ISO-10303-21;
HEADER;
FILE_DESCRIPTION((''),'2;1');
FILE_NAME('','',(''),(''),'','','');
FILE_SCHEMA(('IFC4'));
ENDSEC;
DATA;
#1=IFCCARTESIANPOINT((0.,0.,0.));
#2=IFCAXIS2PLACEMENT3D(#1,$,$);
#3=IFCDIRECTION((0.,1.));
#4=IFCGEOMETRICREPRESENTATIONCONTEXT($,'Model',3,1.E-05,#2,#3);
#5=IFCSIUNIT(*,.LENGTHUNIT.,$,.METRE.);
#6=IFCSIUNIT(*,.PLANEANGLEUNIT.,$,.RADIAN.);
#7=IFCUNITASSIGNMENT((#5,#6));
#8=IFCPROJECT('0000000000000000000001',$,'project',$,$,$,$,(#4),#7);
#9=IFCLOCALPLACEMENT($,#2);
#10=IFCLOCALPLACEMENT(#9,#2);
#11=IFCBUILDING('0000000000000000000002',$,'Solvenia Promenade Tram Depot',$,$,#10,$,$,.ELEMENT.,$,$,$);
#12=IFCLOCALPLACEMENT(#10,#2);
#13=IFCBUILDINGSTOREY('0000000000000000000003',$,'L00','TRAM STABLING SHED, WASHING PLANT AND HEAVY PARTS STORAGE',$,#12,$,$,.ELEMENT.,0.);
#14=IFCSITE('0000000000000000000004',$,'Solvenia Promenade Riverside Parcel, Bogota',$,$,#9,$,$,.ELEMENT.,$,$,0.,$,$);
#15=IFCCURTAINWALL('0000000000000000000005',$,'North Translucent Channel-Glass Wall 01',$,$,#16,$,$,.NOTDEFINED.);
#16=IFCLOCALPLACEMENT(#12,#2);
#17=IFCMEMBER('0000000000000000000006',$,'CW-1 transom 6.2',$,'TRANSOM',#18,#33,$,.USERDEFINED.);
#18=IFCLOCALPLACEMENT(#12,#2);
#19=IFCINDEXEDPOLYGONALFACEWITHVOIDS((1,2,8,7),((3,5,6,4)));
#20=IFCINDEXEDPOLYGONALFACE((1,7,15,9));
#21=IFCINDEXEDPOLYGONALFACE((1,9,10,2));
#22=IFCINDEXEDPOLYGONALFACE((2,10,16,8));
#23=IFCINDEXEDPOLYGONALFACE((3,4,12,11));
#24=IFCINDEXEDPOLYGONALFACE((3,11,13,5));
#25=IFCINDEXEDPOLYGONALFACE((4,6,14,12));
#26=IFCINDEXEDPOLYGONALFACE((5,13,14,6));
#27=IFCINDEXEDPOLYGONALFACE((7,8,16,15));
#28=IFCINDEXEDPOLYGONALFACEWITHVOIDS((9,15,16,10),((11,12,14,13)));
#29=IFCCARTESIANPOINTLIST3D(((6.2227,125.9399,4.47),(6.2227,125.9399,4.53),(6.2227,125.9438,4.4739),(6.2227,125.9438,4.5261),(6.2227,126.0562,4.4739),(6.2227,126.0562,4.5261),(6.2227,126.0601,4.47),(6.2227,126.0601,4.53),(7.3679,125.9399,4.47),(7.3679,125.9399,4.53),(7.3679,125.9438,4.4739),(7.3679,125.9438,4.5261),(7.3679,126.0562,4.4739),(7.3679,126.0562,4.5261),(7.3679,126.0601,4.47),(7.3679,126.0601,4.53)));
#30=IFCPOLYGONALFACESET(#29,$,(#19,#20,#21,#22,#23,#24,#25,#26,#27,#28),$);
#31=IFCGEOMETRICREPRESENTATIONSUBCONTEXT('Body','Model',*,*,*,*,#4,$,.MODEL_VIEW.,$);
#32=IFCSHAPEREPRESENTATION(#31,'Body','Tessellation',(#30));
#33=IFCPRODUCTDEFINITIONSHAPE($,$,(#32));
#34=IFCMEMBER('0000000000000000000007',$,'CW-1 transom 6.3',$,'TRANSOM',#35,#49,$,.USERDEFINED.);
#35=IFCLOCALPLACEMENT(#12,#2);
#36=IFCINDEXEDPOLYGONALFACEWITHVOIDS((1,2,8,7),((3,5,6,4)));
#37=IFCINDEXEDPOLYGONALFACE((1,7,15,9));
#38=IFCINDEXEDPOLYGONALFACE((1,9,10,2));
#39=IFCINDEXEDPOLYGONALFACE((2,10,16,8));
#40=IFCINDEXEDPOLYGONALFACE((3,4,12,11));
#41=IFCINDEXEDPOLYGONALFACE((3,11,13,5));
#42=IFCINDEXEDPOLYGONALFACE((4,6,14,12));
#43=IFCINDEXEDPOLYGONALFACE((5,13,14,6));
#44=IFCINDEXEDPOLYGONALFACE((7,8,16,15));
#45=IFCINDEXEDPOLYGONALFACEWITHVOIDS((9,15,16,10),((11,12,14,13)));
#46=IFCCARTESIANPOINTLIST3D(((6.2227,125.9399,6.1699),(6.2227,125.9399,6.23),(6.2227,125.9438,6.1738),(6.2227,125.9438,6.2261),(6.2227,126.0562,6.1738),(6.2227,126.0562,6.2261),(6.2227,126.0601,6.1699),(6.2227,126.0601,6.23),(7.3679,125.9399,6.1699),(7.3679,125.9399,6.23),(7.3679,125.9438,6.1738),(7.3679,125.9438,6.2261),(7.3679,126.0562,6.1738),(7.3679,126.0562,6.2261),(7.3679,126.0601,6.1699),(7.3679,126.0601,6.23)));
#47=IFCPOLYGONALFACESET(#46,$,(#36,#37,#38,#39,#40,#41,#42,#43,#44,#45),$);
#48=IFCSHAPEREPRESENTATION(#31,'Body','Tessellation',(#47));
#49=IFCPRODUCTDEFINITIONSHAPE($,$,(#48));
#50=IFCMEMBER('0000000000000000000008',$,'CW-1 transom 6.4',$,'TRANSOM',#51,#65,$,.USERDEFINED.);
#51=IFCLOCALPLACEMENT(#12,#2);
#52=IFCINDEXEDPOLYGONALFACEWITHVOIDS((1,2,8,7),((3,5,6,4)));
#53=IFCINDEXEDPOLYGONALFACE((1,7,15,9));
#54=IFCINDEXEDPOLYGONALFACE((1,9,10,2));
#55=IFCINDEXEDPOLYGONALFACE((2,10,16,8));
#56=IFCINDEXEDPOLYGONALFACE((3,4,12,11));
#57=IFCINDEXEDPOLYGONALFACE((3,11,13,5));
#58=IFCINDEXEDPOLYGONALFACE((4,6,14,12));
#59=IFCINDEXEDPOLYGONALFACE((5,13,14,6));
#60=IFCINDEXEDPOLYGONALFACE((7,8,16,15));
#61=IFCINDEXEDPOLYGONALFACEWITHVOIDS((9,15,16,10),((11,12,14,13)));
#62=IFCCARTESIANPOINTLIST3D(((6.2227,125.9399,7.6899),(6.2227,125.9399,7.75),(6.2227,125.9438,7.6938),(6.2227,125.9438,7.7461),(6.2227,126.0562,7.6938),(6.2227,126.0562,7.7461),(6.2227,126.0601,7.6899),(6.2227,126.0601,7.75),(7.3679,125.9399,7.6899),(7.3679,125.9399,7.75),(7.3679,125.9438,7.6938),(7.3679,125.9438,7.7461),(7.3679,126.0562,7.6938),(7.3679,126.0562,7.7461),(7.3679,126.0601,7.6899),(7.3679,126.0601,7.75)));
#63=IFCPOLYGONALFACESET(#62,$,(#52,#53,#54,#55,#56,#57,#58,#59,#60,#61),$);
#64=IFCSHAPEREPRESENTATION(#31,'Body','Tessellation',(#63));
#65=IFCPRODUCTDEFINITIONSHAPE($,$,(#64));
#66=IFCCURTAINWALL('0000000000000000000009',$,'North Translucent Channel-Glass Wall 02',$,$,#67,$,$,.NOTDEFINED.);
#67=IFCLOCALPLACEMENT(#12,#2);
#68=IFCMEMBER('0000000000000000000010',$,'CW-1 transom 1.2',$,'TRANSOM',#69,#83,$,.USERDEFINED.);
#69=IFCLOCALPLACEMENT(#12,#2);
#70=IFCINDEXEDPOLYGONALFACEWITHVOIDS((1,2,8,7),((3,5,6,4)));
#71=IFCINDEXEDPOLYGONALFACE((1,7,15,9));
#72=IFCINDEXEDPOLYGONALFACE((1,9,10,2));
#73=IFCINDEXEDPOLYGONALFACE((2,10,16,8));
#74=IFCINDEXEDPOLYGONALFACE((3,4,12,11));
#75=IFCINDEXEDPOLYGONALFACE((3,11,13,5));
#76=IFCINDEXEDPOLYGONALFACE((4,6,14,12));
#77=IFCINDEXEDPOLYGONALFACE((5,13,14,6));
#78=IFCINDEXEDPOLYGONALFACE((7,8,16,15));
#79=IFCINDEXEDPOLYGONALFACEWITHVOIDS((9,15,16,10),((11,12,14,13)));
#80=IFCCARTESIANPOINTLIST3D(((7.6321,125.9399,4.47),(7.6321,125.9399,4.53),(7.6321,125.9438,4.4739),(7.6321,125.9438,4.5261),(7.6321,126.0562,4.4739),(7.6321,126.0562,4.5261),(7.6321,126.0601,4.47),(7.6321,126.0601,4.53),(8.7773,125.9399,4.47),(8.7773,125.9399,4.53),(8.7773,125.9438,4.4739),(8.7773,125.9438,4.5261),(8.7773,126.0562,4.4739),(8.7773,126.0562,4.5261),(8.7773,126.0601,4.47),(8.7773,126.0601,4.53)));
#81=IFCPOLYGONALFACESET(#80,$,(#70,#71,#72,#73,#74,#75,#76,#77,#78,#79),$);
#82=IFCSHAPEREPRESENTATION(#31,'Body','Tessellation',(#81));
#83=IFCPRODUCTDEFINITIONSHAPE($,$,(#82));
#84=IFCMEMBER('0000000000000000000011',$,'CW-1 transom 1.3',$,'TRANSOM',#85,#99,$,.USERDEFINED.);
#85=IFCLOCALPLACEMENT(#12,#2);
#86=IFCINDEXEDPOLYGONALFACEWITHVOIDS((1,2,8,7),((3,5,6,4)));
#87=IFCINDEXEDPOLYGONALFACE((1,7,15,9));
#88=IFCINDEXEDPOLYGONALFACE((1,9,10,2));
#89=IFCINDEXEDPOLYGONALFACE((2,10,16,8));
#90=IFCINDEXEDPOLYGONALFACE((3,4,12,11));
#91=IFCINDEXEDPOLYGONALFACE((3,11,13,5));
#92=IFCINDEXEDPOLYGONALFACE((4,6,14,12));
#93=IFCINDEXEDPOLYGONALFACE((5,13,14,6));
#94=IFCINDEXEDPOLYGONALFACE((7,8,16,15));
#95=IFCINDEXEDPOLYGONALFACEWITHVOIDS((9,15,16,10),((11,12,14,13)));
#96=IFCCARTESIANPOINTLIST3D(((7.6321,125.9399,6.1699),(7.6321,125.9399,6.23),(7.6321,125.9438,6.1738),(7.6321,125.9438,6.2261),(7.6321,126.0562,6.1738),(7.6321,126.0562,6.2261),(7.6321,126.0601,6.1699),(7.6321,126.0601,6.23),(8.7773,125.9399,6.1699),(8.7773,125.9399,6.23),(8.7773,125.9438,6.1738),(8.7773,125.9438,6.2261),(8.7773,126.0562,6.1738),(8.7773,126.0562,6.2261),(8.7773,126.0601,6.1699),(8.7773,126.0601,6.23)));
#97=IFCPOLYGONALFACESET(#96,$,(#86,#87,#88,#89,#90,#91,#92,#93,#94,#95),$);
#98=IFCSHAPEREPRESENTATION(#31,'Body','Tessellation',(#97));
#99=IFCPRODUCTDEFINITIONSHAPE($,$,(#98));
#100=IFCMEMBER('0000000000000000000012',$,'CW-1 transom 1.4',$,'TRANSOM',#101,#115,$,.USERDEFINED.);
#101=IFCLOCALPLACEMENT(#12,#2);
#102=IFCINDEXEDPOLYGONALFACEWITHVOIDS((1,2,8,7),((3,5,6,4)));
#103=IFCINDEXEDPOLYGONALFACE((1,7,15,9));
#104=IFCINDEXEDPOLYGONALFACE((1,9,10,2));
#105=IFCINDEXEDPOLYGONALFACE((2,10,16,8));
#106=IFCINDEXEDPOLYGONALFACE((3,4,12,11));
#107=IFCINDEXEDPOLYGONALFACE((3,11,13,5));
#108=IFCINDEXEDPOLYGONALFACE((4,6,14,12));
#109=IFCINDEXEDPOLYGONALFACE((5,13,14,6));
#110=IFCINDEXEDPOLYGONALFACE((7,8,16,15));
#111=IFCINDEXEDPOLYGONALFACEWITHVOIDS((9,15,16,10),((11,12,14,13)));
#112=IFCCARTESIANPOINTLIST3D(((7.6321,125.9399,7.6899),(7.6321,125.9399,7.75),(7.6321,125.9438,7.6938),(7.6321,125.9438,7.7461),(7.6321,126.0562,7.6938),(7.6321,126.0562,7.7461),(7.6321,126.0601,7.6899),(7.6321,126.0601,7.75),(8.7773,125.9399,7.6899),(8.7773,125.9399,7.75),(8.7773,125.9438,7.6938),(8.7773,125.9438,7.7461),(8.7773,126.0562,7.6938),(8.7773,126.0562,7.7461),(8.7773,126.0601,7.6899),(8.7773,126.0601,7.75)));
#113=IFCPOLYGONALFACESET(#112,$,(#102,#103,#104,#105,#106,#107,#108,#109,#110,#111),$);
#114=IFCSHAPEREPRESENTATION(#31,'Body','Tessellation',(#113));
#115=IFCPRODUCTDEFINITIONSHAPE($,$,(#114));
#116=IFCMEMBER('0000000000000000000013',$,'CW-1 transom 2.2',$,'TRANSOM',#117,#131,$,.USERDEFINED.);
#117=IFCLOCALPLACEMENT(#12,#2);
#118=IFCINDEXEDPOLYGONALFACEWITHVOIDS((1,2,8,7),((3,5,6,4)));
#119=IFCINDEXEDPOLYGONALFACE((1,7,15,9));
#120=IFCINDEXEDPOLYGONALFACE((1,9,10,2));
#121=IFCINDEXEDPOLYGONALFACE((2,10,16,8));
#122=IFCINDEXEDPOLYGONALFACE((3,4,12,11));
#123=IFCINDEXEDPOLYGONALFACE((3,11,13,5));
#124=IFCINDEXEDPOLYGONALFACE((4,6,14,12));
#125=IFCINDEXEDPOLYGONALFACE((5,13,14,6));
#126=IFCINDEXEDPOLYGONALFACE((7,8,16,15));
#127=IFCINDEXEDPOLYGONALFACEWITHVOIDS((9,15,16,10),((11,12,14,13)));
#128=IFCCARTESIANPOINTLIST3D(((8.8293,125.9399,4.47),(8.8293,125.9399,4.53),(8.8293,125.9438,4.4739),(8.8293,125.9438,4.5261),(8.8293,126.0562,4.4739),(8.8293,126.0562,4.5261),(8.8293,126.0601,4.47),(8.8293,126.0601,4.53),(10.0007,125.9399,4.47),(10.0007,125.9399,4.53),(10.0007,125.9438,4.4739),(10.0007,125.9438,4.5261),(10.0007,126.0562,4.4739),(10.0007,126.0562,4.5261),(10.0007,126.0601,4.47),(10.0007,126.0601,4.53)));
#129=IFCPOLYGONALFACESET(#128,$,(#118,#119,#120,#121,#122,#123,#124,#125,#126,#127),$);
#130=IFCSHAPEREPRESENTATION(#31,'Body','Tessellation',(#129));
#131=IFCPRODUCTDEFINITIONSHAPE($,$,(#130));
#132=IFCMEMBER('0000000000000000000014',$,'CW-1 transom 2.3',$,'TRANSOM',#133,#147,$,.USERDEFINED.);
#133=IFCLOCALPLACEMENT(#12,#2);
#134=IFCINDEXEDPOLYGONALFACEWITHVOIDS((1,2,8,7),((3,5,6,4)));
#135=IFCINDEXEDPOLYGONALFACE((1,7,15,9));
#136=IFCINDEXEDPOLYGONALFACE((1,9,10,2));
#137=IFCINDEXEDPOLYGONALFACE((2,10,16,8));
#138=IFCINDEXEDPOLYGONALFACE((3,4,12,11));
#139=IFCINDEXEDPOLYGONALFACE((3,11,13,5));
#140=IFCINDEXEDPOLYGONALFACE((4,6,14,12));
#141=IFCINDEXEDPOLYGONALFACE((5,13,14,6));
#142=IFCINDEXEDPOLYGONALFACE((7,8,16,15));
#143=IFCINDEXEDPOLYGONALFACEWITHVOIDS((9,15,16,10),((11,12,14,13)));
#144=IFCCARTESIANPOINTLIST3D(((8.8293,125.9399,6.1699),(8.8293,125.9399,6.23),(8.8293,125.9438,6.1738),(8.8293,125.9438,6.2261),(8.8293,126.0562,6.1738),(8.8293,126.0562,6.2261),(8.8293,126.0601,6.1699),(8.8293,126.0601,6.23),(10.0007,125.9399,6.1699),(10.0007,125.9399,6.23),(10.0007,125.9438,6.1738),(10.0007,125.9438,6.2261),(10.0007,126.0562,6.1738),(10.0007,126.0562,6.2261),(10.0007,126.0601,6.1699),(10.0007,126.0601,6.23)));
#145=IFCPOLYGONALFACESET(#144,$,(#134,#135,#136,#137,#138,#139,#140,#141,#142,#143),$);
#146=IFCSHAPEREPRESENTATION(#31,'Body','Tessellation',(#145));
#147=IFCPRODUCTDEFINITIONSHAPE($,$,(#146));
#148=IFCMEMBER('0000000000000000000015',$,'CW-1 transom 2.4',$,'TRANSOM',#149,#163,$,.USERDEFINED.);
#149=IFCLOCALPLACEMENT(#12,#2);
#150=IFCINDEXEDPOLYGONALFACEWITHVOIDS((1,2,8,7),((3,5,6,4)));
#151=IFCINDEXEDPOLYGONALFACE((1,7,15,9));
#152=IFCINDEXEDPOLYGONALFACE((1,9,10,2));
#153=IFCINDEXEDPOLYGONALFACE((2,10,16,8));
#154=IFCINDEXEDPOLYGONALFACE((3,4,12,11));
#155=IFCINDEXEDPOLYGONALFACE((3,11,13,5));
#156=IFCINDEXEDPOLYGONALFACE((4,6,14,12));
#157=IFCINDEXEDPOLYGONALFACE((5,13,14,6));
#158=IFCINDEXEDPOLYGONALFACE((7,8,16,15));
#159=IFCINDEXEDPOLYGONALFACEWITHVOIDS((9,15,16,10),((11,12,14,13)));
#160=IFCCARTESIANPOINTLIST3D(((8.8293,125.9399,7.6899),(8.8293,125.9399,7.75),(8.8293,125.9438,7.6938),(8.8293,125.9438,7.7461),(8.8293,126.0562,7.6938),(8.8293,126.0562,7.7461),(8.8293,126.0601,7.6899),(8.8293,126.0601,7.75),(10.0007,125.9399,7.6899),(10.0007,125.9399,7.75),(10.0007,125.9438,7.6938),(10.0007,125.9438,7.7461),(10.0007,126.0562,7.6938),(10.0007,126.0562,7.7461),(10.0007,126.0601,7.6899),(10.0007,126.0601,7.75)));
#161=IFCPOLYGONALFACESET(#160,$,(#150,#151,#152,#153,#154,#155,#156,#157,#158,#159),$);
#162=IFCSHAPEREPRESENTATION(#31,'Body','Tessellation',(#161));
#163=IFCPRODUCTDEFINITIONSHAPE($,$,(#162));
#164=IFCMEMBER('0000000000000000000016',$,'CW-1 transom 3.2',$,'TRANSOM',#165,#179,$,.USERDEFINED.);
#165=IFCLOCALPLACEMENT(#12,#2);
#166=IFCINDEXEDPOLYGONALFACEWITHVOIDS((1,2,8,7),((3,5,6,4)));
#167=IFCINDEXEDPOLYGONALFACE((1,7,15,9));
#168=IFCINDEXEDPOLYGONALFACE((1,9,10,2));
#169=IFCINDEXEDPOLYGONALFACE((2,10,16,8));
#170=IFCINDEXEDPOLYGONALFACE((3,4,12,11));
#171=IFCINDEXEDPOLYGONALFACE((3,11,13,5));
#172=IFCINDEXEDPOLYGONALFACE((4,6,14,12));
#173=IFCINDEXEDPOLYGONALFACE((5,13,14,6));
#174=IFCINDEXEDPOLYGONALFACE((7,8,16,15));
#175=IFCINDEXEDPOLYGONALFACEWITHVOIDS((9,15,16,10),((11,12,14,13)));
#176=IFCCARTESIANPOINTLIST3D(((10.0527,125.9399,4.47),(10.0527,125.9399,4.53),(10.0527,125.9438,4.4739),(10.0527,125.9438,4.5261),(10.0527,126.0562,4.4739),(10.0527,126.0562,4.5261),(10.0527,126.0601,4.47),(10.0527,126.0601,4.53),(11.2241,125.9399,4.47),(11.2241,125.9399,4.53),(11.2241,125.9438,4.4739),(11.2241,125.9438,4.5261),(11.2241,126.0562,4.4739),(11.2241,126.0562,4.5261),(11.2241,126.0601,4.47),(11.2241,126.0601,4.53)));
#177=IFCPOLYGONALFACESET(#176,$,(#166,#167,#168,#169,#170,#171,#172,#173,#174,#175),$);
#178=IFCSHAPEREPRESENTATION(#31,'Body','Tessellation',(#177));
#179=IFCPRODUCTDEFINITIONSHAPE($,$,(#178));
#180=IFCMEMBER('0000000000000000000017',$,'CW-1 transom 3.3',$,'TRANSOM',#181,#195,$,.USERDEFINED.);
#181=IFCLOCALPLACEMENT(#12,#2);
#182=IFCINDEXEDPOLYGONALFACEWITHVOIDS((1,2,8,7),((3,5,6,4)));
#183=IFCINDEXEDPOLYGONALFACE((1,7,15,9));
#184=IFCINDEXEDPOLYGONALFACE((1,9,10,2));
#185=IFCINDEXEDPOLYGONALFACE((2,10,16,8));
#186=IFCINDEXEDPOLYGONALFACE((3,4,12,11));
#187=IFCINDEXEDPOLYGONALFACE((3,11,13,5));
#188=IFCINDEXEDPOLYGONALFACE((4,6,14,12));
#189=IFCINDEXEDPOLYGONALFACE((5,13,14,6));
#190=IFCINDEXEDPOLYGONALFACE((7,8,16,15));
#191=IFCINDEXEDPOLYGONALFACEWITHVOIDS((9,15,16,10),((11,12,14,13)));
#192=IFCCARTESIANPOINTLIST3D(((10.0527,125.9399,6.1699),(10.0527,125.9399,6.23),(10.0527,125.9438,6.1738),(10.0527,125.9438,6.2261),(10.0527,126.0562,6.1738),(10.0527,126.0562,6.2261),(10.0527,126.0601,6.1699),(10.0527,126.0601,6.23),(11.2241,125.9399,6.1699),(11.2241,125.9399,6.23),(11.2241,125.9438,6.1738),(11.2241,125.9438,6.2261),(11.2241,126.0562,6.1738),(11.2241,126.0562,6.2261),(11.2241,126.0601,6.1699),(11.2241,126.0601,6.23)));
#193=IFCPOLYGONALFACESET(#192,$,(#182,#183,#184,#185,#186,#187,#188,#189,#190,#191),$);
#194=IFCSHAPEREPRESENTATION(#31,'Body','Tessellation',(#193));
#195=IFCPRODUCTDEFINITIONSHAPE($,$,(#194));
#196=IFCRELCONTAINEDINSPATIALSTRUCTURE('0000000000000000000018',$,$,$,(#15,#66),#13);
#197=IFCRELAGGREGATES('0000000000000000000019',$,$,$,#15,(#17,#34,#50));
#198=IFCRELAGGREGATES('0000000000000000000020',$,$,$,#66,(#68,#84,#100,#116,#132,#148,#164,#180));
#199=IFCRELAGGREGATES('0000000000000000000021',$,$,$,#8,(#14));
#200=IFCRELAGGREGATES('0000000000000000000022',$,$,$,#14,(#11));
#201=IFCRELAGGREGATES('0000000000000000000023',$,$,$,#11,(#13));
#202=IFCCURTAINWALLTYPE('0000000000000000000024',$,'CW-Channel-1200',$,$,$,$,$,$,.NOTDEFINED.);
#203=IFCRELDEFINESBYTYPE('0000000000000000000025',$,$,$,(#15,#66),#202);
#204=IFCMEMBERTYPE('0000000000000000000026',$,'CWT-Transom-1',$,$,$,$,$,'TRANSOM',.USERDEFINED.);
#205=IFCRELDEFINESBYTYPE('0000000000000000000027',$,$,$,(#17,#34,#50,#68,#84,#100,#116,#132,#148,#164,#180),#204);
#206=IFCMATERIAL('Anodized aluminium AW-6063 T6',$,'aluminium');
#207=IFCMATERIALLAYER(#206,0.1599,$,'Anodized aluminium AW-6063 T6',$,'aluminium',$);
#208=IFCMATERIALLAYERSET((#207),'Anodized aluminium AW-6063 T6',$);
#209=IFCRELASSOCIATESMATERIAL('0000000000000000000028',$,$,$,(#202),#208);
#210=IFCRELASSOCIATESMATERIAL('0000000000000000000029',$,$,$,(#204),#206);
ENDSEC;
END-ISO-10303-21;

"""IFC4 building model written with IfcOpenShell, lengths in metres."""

from ifc_helpers import new_model, si_unit, direction, frame, origin, origin_2d, place, context, subcontext, project, spatial, hollow_rectangle, extrude, material, layer, layer_set, material_profile, profile_set, type_object, element, aggregate, save


model = new_model("IFC4")

# Units and contexts
model_context = context("Model", 3, precision=1e-05, world=origin(), true_north=direction((0.0, 1.0)))
body_context = subcontext(model_context, "Body", "Model", "MODEL_VIEW")
ifc_project = project(units=[si_unit("LENGTHUNIT", "METRE"), si_unit("PLANEANGLEUNIT", "RADIAN")], contexts=[model_context])

# Site, building, storey
site_placement = place(None, origin())
site = spatial("IfcSite", under=ifc_project, at=site_placement, Name="Solvenia Promenade Riverside Parcel, Bogota", CompositionType="ELEMENT", RefElevation=0.0)
building_placement = place(site_placement, origin())
building = spatial("IfcBuilding", under=site, at=building_placement, Name="Solvenia Promenade Tram Depot", CompositionType="ELEMENT")
storey_placement = place(building_placement, origin())
storey = spatial("IfcBuildingStorey", under=building, at=storey_placement, Name="L00", Description="TRAM STABLING SHED, WASHING PLANT AND HEAVY PARTS STORAGE", CompositionType="ELEMENT", Elevation=0.0)

# Curtain walls, members
ifc_material_1 = material(Name="Anodized aluminium AW-6063 T6", Category="aluminium")
ifc_layer_1 = layer(ifc_material_1, 0.1599, Name="Anodized aluminium AW-6063 T6", Category="aluminium")
ifc_layer_set_1 = layer_set([ifc_layer_1], Name="Anodized aluminium AW-6063 T6")
curtain_wall_type = type_object("IfcCurtainWallType", Name="CW-Channel-1200", PredefinedType="NOTDEFINED", material=ifc_layer_set_1)
curtain_wall_1_placement = place(storey_placement, origin())
curtain_wall_1 = element("IfcCurtainWall", 1, at=curtain_wall_1_placement, inside=storey, type_object=curtain_wall_type, Name="North Translucent Channel-Glass Wall 01", PredefinedType="NOTDEFINED")
ifc_material_profile = material_profile(ifc_material_1, hollow_rectangle(XDim=0.1201, YDim=0.0601, WallThickness=0.0039, at=origin_2d()), Name="ALU-T1", Category="aluminium")
ifc_profile_set = profile_set([ifc_material_profile], Name="Anodized aluminium AW-6063 T6")
member_type = type_object("IfcMemberType", Name="CWT-Transom-1", ElementType="TRANSOM", PredefinedType="USERDEFINED", material=ifc_profile_set)
member_1_placement = place(storey_placement, frame((6.2227, 126.0, 4.5), z_axis=(1.0, 0.0, 0.0), x_axis=(0.0, 1.0, 0.0)))
member_1 = element("IfcMember", 2, at=member_1_placement, type_object=member_type, Name="CW-1 transom 6.2", ObjectType="TRANSOM", PredefinedType="USERDEFINED", context=body_context, shape_type="SweptSolid", body=[
    extrude(hollow_rectangle(XDim=0.1201, YDim=0.0601, WallThickness=0.0039, at=origin_2d()), origin(), (0.0, 0.0, 1.0), 1.1453),
])
member_2_placement = place(storey_placement, frame((6.2227, 126.0, 6.2), z_axis=(1.0, 0.0, 0.0), x_axis=(0.0, 1.0, 0.0)))
member_2 = element("IfcMember", 3, at=member_2_placement, type_object=member_type, Name="CW-1 transom 6.3", ObjectType="TRANSOM", PredefinedType="USERDEFINED", context=body_context, shape_type="SweptSolid", body=[
    extrude(hollow_rectangle(XDim=0.1201, YDim=0.0601, WallThickness=0.0039, at=origin_2d()), origin(), (0.0, 0.0, 1.0), 1.1453),
])
member_3_placement = place(storey_placement, frame((6.2227, 126.0, 7.72), z_axis=(1.0, 0.0, 0.0), x_axis=(0.0, 1.0, 0.0)))
member_3 = element("IfcMember", 4, at=member_3_placement, type_object=member_type, Name="CW-1 transom 6.4", ObjectType="TRANSOM", PredefinedType="USERDEFINED", context=body_context, shape_type="SweptSolid", body=[
    extrude(hollow_rectangle(XDim=0.1201, YDim=0.0601, WallThickness=0.0039, at=origin_2d()), origin(), (0.0, 0.0, 1.0), 1.1453),
])
curtain_wall_2_placement = place(storey_placement, origin())
curtain_wall_2 = element("IfcCurtainWall", 5, at=curtain_wall_2_placement, inside=storey, type_object=curtain_wall_type, Name="North Translucent Channel-Glass Wall 02", PredefinedType="NOTDEFINED")
member_4_placement = place(storey_placement, frame((7.6321, 126.0, 4.5), z_axis=(1.0, 0.0, 0.0), x_axis=(0.0, 1.0, 0.0)))
member_4 = element("IfcMember", 6, at=member_4_placement, type_object=member_type, Name="CW-1 transom 1.2", ObjectType="TRANSOM", PredefinedType="USERDEFINED", context=body_context, shape_type="SweptSolid", body=[
    extrude(hollow_rectangle(XDim=0.1201, YDim=0.0601, WallThickness=0.0039, at=origin_2d()), origin(), (0.0, 0.0, 1.0), 1.1453),
])
member_5_placement = place(storey_placement, frame((7.6321, 126.0, 6.2), z_axis=(1.0, 0.0, 0.0), x_axis=(0.0, 1.0, 0.0)))
member_5 = element("IfcMember", 7, at=member_5_placement, type_object=member_type, Name="CW-1 transom 1.3", ObjectType="TRANSOM", PredefinedType="USERDEFINED", context=body_context, shape_type="SweptSolid", body=[
    extrude(hollow_rectangle(XDim=0.1201, YDim=0.0601, WallThickness=0.0039, at=origin_2d()), origin(), (0.0, 0.0, 1.0), 1.1453),
])
member_6_placement = place(storey_placement, frame((7.6321, 126.0, 7.72), z_axis=(1.0, 0.0, 0.0), x_axis=(0.0, 1.0, 0.0)))
member_6 = element("IfcMember", 8, at=member_6_placement, type_object=member_type, Name="CW-1 transom 1.4", ObjectType="TRANSOM", PredefinedType="USERDEFINED", context=body_context, shape_type="SweptSolid", body=[
    extrude(hollow_rectangle(XDim=0.1201, YDim=0.0601, WallThickness=0.0039, at=origin_2d()), origin(), (0.0, 0.0, 1.0), 1.1453),
])
member_7_placement = place(storey_placement, frame((8.8293, 126.0, 4.5), z_axis=(1.0, 0.0, 0.0), x_axis=(0.0, 1.0, 0.0)))
member_7 = element("IfcMember", 9, at=member_7_placement, type_object=member_type, Name="CW-1 transom 2.2", ObjectType="TRANSOM", PredefinedType="USERDEFINED", context=body_context, shape_type="SweptSolid", body=[
    extrude(hollow_rectangle(XDim=0.1201, YDim=0.0601, WallThickness=0.0039, at=origin_2d()), origin(), (0.0, 0.0, 1.0), 1.1714),
])
member_8_placement = place(storey_placement, frame((8.8293, 126.0, 6.2), z_axis=(1.0, 0.0, 0.0), x_axis=(0.0, 1.0, 0.0)))
member_8 = element("IfcMember", 10, at=member_8_placement, type_object=member_type, Name="CW-1 transom 2.3", ObjectType="TRANSOM", PredefinedType="USERDEFINED", context=body_context, shape_type="SweptSolid", body=[
    extrude(hollow_rectangle(XDim=0.1201, YDim=0.0601, WallThickness=0.0039, at=origin_2d()), origin(), (0.0, 0.0, 1.0), 1.1714),
])
member_9_placement = place(storey_placement, frame((8.8293, 126.0, 7.72), z_axis=(1.0, 0.0, 0.0), x_axis=(0.0, 1.0, 0.0)))
member_9 = element("IfcMember", 11, at=member_9_placement, type_object=member_type, Name="CW-1 transom 2.4", ObjectType="TRANSOM", PredefinedType="USERDEFINED", context=body_context, shape_type="SweptSolid", body=[
    extrude(hollow_rectangle(XDim=0.1201, YDim=0.0601, WallThickness=0.0039, at=origin_2d()), origin(), (0.0, 0.0, 1.0), 1.1714),
])
member_10_placement = place(storey_placement, frame((10.0527, 126.0, 4.5), z_axis=(1.0, 0.0, 0.0), x_axis=(0.0, 1.0, 0.0)))
member_10 = element("IfcMember", 12, at=member_10_placement, type_object=member_type, Name="CW-1 transom 3.2", ObjectType="TRANSOM", PredefinedType="USERDEFINED", context=body_context, shape_type="SweptSolid", body=[
    extrude(hollow_rectangle(XDim=0.1201, YDim=0.0601, WallThickness=0.0039, at=origin_2d()), origin(), (0.0, 0.0, 1.0), 1.1714),
])
member_11_placement = place(storey_placement, frame((10.0527, 126.0, 6.2), z_axis=(1.0, 0.0, 0.0), x_axis=(0.0, 1.0, 0.0)))
member_11 = element("IfcMember", 13, at=member_11_placement, type_object=member_type, Name="CW-1 transom 3.3", ObjectType="TRANSOM", PredefinedType="USERDEFINED", context=body_context, shape_type="SweptSolid", body=[
    extrude(hollow_rectangle(XDim=0.1201, YDim=0.0601, WallThickness=0.0039, at=origin_2d()), origin(), (0.0, 0.0, 1.0), 1.1714),
])

aggregate(curtain_wall_1, [member_1, member_2, member_3])
aggregate(curtain_wall_2, [member_4, member_5, member_6, member_7, member_8, member_9, member_10, member_11])

save(model, "model.ifc")
